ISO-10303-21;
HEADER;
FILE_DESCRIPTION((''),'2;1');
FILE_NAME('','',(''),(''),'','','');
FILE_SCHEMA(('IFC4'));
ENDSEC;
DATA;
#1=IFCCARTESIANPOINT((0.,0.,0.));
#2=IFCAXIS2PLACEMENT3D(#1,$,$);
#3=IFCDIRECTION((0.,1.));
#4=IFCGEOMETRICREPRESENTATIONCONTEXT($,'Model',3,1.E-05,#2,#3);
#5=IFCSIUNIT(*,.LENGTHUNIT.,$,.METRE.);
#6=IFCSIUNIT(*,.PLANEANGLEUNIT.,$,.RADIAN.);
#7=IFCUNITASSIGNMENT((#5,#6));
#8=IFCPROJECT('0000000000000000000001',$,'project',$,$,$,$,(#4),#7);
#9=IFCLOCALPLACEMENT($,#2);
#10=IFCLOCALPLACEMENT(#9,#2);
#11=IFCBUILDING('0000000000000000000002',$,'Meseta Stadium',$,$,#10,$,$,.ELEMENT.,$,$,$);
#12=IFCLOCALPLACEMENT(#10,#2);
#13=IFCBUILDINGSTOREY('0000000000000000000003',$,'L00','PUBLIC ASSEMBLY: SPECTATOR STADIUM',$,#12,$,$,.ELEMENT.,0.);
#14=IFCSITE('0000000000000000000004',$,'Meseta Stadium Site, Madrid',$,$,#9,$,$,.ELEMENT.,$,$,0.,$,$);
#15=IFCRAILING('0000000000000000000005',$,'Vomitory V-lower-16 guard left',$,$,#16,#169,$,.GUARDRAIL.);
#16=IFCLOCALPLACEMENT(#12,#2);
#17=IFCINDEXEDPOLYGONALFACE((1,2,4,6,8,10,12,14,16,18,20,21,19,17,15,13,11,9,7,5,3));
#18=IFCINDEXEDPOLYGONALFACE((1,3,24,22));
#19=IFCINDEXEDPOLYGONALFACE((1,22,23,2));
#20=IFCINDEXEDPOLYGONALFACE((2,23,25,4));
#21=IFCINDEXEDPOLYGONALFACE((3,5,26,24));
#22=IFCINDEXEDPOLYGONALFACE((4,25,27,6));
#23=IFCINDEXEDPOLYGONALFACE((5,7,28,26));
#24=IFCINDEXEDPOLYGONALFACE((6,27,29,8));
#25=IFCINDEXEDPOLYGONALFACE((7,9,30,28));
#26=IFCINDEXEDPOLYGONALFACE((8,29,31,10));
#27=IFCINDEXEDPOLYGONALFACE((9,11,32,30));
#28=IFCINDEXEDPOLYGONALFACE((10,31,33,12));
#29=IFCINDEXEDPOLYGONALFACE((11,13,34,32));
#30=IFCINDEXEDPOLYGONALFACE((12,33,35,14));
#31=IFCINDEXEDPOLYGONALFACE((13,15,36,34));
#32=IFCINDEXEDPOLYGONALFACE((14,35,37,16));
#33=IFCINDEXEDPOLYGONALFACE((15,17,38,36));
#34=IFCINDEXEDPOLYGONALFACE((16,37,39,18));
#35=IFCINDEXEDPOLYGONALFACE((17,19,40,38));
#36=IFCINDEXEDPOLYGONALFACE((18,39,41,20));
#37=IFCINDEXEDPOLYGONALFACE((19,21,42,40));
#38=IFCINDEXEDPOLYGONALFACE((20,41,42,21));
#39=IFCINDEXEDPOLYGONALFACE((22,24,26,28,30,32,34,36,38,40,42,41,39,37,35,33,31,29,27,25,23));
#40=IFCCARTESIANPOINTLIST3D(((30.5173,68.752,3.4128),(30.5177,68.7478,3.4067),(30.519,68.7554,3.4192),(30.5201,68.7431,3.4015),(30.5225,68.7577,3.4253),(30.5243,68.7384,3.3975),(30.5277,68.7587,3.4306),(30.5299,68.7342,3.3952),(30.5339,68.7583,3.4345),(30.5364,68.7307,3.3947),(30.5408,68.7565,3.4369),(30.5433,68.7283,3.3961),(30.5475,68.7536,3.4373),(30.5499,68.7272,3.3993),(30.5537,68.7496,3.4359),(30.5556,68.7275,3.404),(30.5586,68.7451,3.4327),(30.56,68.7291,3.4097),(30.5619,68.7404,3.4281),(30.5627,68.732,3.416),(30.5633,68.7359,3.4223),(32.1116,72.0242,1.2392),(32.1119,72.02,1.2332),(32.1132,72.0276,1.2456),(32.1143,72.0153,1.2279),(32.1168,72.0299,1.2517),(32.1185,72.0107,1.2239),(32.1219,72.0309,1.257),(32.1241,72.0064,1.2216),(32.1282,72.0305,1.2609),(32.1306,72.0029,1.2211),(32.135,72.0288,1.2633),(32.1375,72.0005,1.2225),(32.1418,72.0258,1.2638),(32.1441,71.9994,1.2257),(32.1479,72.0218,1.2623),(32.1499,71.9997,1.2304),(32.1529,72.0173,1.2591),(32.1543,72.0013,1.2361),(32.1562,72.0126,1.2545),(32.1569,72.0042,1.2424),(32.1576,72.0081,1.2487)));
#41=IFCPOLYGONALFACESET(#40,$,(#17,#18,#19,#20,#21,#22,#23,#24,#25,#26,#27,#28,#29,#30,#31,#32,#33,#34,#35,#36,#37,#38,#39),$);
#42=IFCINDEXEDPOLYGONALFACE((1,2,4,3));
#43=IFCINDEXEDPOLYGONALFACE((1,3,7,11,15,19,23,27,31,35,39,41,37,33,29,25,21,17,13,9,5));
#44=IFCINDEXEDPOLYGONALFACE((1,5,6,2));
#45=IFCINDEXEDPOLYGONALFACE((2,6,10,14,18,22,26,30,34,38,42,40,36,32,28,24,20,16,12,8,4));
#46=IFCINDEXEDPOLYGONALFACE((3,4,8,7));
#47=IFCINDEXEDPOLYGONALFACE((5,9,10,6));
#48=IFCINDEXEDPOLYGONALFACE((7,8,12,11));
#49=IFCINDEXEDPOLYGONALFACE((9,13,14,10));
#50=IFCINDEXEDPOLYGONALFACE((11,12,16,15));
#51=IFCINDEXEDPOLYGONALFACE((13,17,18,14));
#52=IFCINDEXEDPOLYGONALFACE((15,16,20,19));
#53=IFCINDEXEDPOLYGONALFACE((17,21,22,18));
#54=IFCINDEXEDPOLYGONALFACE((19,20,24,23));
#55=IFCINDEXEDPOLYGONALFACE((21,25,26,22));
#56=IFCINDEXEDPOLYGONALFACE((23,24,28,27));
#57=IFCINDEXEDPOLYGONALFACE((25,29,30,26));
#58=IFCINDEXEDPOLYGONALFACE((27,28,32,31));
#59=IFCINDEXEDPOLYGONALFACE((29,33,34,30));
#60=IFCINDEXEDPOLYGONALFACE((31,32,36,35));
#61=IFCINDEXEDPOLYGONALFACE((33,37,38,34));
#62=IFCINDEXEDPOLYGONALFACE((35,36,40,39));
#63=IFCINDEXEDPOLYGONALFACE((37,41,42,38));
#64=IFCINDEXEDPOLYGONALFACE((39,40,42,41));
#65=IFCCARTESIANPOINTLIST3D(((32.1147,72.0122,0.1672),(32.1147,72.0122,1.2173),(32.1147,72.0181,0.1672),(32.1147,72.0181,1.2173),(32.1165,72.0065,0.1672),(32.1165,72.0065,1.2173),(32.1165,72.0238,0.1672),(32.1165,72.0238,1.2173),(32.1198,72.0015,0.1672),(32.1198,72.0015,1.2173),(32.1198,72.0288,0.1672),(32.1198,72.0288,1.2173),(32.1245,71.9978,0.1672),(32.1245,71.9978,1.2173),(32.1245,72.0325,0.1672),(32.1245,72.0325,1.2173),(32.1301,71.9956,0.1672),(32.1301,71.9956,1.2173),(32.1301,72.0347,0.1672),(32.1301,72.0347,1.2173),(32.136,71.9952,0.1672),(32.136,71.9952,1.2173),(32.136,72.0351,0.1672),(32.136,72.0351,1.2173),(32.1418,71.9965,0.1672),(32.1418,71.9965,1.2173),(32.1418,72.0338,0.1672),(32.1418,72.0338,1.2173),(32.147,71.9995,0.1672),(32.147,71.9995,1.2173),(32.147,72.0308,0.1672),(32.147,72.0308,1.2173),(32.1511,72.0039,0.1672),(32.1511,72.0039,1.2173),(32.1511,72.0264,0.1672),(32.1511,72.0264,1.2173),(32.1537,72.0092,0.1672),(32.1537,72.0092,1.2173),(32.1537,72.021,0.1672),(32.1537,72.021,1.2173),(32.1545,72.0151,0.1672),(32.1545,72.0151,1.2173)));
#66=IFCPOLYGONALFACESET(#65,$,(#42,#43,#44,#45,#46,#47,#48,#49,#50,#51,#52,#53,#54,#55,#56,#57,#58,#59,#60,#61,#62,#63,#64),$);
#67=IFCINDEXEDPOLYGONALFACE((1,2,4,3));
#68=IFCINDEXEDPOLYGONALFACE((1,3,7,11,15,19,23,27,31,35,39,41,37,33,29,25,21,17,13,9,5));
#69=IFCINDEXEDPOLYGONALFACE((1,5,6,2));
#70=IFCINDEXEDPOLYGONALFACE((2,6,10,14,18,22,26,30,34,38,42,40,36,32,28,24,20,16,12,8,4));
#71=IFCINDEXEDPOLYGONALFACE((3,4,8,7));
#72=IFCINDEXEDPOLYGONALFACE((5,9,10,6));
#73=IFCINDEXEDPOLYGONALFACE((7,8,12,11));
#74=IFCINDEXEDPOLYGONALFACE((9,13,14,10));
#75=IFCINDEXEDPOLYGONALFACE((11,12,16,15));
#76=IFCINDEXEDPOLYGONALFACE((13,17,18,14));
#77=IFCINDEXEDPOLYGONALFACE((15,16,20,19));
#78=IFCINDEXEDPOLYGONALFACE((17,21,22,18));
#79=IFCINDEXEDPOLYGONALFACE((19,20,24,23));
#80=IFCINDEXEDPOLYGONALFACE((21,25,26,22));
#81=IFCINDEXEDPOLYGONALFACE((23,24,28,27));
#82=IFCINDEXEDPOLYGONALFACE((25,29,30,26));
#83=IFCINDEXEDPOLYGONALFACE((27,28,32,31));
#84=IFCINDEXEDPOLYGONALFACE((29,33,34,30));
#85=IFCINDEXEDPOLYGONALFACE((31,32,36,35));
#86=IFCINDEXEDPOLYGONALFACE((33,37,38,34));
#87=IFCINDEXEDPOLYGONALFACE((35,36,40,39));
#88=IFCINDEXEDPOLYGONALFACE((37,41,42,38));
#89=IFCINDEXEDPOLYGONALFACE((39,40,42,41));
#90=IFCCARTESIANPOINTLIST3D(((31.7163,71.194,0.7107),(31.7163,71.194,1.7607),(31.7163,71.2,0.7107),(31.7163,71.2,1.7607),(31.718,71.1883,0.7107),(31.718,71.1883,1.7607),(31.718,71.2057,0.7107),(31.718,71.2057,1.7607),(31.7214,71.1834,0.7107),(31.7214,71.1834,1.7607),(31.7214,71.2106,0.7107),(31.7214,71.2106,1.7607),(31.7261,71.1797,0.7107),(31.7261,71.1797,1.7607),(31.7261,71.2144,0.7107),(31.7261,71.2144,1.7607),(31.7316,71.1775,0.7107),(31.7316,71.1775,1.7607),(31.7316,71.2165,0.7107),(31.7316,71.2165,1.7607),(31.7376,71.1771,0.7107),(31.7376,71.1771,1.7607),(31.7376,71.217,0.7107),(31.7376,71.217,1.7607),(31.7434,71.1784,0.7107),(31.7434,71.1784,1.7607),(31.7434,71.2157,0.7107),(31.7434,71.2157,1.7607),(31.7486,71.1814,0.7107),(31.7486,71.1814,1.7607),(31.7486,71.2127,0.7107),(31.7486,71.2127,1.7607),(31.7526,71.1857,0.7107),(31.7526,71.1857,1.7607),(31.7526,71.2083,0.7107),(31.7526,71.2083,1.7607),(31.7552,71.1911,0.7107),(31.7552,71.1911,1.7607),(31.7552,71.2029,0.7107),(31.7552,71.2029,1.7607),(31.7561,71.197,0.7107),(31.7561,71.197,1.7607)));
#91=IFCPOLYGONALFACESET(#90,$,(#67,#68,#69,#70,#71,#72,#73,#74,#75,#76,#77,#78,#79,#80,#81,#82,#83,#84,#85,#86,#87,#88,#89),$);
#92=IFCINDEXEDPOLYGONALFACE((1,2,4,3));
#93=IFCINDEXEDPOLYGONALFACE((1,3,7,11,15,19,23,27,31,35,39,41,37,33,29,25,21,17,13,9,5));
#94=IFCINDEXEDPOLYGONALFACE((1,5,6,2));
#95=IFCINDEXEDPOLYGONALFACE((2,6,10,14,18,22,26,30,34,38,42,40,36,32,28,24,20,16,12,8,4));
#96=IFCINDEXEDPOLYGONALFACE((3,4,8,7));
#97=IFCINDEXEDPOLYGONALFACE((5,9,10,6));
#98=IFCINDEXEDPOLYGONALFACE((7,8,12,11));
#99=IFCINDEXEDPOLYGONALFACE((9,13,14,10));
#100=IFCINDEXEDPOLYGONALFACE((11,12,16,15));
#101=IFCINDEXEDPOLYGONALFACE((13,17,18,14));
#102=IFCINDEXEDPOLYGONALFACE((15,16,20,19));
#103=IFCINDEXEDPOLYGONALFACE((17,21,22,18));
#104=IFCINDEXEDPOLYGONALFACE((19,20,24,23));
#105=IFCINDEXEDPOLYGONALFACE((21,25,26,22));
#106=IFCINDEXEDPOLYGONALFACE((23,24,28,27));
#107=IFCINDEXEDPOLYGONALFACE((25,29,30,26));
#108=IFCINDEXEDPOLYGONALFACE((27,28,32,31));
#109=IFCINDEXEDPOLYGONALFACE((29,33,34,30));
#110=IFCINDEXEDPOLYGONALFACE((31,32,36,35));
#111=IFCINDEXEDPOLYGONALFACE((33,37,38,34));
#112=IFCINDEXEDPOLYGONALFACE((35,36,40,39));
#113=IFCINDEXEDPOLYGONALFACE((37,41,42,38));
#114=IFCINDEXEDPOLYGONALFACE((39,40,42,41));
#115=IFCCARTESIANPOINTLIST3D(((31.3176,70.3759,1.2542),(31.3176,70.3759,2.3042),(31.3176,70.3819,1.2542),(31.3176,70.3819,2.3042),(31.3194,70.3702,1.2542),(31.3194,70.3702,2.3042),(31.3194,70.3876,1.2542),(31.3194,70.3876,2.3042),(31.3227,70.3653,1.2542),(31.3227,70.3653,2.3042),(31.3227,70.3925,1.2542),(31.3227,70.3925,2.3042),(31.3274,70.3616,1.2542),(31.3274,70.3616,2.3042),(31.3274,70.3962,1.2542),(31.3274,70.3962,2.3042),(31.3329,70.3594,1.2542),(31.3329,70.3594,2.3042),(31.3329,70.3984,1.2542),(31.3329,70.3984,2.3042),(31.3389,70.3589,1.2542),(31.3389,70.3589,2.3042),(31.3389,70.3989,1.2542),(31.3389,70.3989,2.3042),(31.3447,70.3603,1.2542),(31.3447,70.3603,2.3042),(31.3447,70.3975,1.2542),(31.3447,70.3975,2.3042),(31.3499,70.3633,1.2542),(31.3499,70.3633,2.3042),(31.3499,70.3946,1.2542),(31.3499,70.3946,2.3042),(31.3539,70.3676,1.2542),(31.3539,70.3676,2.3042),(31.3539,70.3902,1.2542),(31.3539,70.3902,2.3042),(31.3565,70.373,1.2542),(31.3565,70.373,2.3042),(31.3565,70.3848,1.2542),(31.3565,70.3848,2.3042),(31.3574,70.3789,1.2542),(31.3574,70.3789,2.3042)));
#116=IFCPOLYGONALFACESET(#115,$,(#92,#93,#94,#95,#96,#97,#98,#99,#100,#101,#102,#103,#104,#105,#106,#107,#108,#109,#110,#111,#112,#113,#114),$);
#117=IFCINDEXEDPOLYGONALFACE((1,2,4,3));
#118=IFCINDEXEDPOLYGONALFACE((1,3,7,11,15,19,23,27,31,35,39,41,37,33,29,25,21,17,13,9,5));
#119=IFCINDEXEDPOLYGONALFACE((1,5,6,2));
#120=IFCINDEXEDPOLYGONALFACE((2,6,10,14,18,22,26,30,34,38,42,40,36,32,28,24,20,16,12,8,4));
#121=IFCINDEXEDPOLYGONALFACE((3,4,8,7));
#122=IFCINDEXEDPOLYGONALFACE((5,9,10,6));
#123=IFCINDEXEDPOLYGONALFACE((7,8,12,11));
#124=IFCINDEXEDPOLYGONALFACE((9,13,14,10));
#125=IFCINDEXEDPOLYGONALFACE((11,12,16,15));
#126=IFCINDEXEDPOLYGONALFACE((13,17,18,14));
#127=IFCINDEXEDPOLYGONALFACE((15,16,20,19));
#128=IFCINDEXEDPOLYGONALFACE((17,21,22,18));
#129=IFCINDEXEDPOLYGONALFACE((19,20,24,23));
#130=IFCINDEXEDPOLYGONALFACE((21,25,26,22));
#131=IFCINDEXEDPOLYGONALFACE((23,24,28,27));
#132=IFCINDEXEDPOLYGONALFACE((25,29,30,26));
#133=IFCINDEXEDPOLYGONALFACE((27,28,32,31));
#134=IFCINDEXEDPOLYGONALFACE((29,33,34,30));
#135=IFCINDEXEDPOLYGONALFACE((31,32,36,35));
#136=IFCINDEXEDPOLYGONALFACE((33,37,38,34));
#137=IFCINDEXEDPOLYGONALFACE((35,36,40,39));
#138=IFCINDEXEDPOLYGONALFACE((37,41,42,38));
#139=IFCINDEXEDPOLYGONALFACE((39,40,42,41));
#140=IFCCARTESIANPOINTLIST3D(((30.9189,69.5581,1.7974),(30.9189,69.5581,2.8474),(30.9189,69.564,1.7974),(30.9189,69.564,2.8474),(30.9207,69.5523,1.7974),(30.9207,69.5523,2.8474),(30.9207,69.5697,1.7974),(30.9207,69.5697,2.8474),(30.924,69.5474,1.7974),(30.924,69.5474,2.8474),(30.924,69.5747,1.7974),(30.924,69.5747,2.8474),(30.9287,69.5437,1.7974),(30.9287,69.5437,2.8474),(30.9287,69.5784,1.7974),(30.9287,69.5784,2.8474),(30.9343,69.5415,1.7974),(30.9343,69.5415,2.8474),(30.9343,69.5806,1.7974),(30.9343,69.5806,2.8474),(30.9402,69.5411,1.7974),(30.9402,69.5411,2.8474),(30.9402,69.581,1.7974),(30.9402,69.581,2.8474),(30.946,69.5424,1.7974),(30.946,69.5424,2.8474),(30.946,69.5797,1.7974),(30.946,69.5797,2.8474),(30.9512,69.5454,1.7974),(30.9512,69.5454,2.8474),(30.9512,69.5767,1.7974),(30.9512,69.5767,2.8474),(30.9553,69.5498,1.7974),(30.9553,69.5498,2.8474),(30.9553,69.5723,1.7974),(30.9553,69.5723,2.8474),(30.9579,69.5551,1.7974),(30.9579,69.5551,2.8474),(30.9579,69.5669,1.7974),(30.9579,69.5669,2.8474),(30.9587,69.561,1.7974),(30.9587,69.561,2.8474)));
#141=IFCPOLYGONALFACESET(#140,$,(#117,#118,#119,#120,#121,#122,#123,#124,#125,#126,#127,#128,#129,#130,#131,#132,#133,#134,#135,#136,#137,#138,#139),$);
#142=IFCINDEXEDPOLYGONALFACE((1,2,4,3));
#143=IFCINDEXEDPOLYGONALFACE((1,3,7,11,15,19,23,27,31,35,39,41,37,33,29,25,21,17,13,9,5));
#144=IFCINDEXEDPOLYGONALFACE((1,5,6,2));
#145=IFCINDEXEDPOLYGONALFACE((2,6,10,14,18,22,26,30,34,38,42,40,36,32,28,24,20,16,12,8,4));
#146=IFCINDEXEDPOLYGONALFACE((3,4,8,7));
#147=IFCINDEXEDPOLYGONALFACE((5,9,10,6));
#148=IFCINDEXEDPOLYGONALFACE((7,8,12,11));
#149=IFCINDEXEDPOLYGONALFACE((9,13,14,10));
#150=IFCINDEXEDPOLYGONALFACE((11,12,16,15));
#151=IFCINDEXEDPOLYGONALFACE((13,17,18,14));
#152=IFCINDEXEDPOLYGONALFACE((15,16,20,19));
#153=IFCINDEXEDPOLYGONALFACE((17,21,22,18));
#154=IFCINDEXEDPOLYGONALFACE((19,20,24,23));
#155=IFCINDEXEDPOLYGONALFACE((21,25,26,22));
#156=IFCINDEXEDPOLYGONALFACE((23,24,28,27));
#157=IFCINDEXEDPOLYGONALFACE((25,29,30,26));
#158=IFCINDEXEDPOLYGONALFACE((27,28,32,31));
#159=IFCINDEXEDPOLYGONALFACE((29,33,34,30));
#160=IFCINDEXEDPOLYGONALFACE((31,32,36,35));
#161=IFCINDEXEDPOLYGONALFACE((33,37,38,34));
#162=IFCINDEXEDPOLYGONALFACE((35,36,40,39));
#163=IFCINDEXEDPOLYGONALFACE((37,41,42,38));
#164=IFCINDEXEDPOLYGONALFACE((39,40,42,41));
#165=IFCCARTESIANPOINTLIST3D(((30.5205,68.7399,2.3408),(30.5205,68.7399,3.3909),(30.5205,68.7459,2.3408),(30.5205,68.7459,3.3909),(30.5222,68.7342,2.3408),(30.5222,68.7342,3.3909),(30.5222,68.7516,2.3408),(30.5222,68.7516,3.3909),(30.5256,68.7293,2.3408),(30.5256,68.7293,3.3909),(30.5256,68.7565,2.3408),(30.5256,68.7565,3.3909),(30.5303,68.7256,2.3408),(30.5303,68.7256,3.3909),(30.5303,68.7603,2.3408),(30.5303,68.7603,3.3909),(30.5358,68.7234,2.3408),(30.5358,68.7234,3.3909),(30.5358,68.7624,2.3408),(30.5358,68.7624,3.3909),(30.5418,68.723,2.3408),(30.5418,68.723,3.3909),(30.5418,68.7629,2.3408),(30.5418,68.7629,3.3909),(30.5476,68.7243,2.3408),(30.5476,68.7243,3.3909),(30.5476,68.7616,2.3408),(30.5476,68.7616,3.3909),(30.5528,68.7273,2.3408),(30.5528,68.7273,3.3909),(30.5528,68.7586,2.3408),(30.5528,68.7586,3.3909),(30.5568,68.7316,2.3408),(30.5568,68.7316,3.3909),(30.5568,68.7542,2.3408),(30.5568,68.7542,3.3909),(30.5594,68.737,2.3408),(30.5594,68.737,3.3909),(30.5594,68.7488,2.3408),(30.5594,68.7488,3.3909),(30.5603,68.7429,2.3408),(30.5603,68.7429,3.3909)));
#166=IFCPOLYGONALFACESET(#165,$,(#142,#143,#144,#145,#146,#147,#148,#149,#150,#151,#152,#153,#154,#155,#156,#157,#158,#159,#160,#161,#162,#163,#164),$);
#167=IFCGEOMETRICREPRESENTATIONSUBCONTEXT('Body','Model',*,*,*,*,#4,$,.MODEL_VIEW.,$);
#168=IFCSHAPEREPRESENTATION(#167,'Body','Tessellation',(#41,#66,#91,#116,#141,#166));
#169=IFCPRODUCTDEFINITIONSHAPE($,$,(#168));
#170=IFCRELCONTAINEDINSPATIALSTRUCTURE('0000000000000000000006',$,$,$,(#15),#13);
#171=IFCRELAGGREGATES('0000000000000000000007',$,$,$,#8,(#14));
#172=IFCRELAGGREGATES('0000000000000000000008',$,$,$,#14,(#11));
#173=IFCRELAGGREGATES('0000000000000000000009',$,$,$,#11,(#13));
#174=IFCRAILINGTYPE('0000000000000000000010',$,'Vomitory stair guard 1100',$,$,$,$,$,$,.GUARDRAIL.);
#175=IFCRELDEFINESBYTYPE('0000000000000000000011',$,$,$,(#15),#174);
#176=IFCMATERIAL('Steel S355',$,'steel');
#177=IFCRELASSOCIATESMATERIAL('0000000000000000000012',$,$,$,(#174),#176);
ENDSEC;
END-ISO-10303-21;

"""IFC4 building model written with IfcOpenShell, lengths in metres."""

from ifc_helpers import new_model, si_unit, direction, frame, origin, origin_2d, place, context, subcontext, project, spatial, circle, extrude, material, type_object, element, save


model = new_model("IFC4")

# Units and contexts
model_context = context("Model", 3, precision=1e-05, world=origin(), true_north=direction((0.0, 1.0)))
body_context = subcontext(model_context, "Body", "Model", "MODEL_VIEW")
ifc_project = project(units=[si_unit("LENGTHUNIT", "METRE"), si_unit("PLANEANGLEUNIT", "RADIAN")], contexts=[model_context])

# Site, building, storey
site_placement = place(None, origin())
site = spatial("IfcSite", under=ifc_project, at=site_placement, Name="Meseta Stadium Site, Madrid", CompositionType="ELEMENT", RefElevation=0.0)
building_placement = place(site_placement, origin())
building = spatial("IfcBuilding", under=site, at=building_placement, Name="Meseta Stadium", CompositionType="ELEMENT")
storey_placement = place(building_placement, origin())
storey = spatial("IfcBuildingStorey", under=building, at=storey_placement, Name="L00", Description="PUBLIC ASSEMBLY: SPECTATOR STADIUM", CompositionType="ELEMENT", Elevation=0.0)

# Railing
ifc_material_1 = material(Name="Steel S355", Category="steel")
railing_type_1 = type_object("IfcRailingType", Name="Vomitory stair guard 1100", PredefinedType="GUARDRAIL", material=ifc_material_1)
railing_1_placement = place(storey_placement, frame((32.1345, 72.0151, 0.1672)))
element("IfcRailing", 1, at=railing_1_placement, inside=storey, type_object=railing_type_1, Name="Vomitory V-lower-16 guard left", PredefinedType="GUARDRAIL", context=body_context, shape_type="SweptSolid", body=[
    extrude(circle(Radius=0.0249, at=origin_2d()), frame((0.0, 0.0, 1.0752), z_axis=(-0.376043, -0.771838, 0.512697), x_axis=(0.898981, -0.437987, 0.0)), (0.0, 0.0, 1.0), 4.2395),
    extrude(circle(Radius=0.02, at=origin_2d()), origin(), (0.0, 0.0, 1.0), 1.05),
    extrude(circle(Radius=0.02, at=origin_2d()), frame((-0.3984, -0.8181, 0.5435)), (0.0, 0.0, 1.0), 1.05),
    extrude(circle(Radius=0.02, at=origin_2d()), frame((-0.7971, -1.6362, 1.0869)), (0.0, 0.0, 1.0), 1.05),
    extrude(circle(Radius=0.02, at=origin_2d()), frame((-1.1958, -2.4541, 1.6301)), (0.0, 0.0, 1.0), 1.05),
    extrude(circle(Radius=0.02, at=origin_2d()), frame((-1.5942, -3.2722, 2.1736)), (0.0, 0.0, 1.0), 1.05),
])

save(model, "model.ifc")
